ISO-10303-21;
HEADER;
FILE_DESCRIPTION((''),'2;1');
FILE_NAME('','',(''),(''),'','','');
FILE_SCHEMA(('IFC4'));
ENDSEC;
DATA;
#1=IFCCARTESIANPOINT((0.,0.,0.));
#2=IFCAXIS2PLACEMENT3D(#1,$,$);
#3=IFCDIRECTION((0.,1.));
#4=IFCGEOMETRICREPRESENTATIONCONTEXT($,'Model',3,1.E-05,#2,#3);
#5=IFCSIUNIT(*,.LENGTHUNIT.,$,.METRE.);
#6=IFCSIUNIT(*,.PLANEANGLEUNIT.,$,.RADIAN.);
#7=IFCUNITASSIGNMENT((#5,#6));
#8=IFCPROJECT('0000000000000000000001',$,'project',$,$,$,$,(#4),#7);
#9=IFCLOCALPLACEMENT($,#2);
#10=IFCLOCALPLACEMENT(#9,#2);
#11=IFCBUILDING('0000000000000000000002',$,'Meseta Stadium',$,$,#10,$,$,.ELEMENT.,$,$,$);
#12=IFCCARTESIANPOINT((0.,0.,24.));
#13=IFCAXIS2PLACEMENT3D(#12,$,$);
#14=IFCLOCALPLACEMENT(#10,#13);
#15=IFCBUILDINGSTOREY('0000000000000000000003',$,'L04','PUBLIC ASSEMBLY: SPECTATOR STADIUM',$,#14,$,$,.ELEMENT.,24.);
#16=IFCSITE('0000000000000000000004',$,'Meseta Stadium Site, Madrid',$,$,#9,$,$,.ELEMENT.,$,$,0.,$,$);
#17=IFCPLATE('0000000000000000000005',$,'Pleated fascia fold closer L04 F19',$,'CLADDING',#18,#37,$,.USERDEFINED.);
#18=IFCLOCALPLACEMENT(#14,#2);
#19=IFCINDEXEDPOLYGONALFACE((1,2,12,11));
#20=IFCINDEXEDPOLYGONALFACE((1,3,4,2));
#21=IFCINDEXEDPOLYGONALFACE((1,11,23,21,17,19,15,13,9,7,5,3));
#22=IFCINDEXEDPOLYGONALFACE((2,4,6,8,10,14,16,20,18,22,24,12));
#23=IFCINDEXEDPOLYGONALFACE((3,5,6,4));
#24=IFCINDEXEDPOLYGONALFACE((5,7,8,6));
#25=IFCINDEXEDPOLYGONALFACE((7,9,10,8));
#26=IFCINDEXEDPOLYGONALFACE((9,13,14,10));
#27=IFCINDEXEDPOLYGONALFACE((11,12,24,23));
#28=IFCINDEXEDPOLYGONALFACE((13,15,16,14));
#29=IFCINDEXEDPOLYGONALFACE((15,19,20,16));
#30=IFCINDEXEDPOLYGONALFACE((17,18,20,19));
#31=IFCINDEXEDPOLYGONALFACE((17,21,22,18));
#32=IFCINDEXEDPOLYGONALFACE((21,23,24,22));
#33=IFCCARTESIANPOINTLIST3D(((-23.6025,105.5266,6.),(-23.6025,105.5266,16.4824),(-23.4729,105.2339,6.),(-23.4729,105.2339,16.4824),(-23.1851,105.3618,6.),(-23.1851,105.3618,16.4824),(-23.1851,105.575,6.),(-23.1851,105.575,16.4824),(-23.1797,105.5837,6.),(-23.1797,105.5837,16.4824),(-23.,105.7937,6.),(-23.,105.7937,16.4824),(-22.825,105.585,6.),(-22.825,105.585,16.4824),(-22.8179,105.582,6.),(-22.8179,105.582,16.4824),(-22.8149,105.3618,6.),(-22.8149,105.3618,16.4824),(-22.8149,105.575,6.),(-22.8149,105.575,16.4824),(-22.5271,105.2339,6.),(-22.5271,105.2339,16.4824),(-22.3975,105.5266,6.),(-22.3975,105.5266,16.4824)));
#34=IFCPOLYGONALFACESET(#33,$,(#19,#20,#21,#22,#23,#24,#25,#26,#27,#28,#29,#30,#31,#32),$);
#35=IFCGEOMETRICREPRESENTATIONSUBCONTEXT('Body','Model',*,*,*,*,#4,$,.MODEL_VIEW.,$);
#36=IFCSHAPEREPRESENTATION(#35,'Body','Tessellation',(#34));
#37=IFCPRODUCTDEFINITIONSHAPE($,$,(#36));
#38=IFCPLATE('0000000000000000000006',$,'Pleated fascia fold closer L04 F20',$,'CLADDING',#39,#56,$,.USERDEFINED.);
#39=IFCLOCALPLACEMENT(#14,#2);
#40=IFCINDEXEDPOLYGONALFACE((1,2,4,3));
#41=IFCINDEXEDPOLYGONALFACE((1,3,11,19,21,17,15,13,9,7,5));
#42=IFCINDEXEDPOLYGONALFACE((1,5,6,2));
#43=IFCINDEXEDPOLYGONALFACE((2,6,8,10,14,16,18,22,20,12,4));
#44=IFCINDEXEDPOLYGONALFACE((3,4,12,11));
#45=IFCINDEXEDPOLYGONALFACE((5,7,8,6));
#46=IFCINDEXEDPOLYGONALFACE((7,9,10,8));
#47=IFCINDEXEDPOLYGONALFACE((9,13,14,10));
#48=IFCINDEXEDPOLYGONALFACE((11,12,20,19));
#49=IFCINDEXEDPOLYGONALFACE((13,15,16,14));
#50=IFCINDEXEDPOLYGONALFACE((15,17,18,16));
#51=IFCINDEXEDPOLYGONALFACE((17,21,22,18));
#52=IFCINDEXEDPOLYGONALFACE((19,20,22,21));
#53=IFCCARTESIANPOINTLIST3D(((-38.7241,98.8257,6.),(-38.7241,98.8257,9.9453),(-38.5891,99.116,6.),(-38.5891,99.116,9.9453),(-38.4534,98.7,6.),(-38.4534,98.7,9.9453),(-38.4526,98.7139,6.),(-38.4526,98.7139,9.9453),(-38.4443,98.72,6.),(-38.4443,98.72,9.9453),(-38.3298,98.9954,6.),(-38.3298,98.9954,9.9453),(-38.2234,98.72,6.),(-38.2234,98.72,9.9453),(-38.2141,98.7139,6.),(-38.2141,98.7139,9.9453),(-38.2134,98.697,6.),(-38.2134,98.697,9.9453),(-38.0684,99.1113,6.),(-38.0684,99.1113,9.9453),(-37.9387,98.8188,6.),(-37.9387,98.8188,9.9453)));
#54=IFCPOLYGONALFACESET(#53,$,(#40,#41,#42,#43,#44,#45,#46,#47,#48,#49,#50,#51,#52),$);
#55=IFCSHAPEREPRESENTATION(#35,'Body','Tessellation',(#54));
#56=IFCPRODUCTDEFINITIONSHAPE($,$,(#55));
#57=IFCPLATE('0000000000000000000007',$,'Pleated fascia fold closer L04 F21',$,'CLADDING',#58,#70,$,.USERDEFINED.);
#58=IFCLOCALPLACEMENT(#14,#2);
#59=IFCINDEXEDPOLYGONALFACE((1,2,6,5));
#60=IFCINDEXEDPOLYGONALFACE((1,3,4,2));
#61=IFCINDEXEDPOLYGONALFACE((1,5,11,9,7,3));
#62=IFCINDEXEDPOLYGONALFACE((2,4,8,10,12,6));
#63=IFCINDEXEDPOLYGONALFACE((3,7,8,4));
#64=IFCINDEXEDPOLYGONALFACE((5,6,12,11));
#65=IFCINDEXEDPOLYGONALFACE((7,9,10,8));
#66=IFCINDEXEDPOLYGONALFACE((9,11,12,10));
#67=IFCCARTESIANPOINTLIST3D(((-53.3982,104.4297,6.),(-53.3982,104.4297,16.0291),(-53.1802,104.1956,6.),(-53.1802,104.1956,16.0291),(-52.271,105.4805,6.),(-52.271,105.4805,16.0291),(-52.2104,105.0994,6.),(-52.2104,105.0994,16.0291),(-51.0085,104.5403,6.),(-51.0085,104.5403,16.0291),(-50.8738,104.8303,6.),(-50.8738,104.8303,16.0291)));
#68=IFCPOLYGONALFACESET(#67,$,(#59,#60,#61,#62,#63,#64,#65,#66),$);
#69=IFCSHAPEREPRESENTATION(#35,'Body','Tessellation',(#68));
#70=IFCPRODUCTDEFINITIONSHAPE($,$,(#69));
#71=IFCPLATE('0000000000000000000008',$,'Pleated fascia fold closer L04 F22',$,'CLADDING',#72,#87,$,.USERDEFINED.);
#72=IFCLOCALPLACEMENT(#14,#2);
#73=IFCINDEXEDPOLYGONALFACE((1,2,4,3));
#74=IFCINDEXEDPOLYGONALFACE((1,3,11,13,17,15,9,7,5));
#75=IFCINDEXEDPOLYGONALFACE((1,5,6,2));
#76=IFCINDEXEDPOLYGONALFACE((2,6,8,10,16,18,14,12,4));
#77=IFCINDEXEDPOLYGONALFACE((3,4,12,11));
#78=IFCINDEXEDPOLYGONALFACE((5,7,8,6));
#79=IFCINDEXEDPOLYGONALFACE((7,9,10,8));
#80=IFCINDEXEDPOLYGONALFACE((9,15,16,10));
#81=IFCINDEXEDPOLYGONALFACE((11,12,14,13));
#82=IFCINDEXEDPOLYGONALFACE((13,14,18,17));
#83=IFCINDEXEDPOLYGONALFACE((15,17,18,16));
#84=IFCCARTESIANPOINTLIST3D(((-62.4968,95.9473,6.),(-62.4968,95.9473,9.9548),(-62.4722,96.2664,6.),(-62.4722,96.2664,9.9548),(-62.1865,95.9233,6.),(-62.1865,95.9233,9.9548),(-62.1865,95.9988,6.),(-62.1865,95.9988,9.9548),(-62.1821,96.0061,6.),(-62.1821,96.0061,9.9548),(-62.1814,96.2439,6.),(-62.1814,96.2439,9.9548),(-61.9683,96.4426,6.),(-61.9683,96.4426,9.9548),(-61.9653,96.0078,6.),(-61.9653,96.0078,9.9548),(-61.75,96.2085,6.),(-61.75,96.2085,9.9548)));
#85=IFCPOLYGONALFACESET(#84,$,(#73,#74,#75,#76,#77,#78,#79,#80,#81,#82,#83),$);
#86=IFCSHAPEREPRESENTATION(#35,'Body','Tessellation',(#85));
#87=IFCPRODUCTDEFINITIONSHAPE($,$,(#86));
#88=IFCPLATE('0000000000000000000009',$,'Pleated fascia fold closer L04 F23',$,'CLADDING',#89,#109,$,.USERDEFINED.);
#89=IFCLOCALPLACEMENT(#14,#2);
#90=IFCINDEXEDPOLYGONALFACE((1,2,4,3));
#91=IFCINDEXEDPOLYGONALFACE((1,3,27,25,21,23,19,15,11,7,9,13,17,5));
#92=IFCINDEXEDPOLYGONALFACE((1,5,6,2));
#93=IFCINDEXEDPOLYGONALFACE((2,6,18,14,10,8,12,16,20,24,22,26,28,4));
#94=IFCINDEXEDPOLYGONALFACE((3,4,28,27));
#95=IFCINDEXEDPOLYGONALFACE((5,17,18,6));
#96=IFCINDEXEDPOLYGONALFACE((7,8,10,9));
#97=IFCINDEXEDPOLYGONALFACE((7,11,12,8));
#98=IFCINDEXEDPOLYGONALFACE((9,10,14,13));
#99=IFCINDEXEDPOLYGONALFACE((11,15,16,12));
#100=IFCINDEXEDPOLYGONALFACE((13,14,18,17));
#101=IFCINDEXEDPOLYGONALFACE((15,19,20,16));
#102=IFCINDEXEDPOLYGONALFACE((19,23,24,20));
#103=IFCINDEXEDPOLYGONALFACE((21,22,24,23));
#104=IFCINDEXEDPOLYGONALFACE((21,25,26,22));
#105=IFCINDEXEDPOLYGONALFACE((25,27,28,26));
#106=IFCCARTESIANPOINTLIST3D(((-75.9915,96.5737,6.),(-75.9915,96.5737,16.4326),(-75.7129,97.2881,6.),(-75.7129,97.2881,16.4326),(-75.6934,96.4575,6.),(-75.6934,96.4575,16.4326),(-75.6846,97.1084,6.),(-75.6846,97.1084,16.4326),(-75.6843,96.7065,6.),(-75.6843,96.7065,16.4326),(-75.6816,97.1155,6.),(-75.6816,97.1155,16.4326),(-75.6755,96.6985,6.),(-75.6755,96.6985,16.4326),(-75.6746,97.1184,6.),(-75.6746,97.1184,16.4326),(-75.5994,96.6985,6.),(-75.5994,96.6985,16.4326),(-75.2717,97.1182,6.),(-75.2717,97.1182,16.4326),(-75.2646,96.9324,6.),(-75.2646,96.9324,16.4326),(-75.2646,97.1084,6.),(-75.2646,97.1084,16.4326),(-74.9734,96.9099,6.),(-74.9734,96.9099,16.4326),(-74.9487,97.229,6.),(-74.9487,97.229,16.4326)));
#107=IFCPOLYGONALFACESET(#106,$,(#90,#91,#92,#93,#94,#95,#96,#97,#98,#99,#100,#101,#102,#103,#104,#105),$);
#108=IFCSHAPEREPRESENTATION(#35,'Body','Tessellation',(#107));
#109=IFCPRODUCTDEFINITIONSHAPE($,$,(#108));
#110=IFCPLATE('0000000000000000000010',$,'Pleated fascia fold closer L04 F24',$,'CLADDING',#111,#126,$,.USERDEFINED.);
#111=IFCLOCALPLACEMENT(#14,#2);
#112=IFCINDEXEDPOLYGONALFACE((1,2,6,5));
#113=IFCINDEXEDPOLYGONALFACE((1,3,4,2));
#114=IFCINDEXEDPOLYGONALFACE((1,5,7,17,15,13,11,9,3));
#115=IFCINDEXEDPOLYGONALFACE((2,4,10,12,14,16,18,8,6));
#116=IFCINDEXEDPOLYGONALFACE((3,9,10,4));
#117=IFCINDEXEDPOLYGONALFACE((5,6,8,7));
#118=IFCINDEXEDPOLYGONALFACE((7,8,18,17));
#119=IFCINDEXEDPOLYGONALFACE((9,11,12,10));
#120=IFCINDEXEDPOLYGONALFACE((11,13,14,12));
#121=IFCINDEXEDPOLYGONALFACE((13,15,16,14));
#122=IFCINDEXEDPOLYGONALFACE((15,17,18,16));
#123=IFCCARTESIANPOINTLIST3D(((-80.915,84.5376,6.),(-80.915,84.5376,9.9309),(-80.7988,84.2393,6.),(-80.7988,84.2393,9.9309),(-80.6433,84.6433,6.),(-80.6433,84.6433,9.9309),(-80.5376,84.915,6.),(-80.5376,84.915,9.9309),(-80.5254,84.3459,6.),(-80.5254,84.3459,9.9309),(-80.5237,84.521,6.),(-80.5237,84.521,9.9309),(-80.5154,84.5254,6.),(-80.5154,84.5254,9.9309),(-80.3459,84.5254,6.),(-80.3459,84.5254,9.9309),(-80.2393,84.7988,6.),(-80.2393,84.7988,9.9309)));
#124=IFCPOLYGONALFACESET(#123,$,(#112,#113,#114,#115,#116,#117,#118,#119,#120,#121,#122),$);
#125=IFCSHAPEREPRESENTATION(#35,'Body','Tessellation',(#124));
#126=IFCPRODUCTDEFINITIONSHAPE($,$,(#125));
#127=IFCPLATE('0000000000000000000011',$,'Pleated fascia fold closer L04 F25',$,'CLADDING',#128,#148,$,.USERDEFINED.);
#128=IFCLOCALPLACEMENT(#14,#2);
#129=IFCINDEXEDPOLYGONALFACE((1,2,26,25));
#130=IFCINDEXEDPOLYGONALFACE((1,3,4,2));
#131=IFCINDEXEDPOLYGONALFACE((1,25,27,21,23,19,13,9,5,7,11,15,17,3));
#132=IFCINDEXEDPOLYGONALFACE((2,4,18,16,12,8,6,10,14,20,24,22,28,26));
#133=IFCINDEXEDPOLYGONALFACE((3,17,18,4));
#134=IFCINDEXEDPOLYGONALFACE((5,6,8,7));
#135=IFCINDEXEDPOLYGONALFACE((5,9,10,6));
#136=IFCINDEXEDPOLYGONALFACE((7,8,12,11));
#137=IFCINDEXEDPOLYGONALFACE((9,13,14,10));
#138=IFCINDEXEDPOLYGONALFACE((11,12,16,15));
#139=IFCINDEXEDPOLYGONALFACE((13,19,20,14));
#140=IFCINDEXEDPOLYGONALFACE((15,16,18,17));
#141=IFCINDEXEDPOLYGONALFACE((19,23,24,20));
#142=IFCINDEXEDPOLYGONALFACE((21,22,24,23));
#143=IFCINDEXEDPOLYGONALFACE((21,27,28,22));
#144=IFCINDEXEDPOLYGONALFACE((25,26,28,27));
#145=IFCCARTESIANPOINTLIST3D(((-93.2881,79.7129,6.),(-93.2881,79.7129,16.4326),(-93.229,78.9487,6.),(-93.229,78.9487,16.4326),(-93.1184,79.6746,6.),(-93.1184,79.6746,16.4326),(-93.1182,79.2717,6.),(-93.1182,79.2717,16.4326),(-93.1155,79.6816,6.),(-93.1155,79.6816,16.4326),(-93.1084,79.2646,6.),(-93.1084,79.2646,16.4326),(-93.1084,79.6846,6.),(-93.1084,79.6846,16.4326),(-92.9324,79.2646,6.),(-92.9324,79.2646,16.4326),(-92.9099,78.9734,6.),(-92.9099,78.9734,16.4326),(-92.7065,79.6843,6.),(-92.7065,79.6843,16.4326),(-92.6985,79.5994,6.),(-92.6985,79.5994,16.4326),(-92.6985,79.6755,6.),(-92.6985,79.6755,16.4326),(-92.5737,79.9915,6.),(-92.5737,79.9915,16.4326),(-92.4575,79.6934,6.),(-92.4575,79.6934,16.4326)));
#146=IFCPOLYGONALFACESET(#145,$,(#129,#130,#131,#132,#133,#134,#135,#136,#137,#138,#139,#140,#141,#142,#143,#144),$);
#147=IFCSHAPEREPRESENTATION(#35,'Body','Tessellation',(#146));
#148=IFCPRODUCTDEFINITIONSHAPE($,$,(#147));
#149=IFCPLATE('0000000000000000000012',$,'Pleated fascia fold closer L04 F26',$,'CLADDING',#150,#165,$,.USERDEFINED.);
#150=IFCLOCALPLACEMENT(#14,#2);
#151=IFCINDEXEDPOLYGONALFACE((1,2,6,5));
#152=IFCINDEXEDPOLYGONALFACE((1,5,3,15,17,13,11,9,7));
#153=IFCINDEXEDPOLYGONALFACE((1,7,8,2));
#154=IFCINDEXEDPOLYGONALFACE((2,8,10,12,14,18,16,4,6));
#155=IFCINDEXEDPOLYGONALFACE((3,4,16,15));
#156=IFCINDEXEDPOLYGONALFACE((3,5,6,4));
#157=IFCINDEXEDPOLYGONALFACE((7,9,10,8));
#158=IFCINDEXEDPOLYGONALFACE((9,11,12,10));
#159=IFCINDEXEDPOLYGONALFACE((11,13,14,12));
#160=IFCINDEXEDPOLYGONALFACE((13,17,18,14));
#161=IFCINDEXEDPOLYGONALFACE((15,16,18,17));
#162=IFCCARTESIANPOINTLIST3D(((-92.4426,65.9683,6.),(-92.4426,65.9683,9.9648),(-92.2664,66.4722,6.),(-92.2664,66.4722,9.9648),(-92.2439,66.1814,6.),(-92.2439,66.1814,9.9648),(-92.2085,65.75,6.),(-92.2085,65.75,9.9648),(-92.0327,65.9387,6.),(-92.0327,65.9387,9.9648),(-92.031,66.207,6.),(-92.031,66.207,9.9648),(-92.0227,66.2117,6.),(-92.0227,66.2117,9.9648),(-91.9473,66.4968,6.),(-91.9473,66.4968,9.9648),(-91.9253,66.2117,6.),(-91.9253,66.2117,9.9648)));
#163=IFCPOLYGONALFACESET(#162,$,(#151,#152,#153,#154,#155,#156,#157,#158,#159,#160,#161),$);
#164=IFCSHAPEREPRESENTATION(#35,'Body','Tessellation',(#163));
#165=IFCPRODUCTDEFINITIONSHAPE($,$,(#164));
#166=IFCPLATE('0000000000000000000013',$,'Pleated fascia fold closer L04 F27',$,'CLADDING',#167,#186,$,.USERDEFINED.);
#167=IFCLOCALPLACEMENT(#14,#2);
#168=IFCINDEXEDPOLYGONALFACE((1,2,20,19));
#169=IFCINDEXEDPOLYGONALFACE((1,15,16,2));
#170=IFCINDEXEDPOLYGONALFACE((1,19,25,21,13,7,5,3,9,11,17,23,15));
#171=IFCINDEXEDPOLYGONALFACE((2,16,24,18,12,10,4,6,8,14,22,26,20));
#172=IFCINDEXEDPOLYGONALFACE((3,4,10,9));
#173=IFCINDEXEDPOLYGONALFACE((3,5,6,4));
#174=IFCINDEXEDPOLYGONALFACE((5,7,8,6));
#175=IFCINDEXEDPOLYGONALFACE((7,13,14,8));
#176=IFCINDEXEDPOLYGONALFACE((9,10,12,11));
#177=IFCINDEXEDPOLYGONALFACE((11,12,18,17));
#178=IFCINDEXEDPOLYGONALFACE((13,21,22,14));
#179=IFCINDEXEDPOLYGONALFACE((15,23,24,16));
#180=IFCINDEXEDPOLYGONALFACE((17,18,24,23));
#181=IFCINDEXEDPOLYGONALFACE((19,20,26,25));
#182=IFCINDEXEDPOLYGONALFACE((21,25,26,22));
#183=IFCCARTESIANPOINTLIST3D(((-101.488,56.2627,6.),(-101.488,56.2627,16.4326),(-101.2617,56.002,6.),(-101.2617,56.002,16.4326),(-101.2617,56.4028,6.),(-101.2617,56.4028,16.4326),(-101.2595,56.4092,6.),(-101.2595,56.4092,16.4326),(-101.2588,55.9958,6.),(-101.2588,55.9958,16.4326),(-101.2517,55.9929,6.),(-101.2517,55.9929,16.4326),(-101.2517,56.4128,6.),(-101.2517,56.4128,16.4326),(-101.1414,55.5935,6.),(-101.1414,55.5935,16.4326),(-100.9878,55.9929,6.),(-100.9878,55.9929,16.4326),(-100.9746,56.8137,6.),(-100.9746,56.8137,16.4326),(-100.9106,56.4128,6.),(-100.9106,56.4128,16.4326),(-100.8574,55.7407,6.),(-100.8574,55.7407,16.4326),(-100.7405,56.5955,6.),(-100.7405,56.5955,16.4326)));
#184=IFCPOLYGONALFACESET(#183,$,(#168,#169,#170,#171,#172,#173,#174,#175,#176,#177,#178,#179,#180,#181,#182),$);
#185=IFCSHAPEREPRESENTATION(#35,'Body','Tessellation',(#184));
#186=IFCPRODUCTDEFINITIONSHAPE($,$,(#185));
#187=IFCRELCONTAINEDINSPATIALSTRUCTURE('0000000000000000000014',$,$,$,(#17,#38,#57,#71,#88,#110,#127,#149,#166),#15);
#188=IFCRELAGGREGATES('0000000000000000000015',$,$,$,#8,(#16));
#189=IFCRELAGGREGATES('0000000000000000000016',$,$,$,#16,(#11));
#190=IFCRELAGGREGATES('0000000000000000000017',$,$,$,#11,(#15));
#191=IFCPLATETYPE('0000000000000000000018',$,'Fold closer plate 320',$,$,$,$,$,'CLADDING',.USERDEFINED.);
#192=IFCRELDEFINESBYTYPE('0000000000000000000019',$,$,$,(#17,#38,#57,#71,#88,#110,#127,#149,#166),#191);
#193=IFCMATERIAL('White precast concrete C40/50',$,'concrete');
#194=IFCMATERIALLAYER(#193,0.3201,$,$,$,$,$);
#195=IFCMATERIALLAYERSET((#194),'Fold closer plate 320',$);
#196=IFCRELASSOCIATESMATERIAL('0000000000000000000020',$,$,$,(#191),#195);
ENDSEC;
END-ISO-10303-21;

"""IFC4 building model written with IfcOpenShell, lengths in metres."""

from ifc_helpers import new_model, si_unit, direction, frame, origin, place, context, subcontext, project, spatial, polyline, outline, extrude, material, layer, layer_set, type_object, element, save


model = new_model("IFC4")

# Units and contexts
model_context = context("Model", 3, precision=1e-05, world=origin(), true_north=direction((0.0, 1.0)))
body_context = subcontext(model_context, "Body", "Model", "MODEL_VIEW")
ifc_project = project(units=[si_unit("LENGTHUNIT", "METRE"), si_unit("PLANEANGLEUNIT", "RADIAN")], contexts=[model_context])

# Site, building, storey
site_placement = place(None, origin())
site = spatial("IfcSite", under=ifc_project, at=site_placement, Name="Meseta Stadium Site, Madrid", CompositionType="ELEMENT", RefElevation=0.0)
building_placement = place(site_placement, origin())
building = spatial("IfcBuilding", under=site, at=building_placement, Name="Meseta Stadium", CompositionType="ELEMENT")
storey_placement = place(building_placement, frame((0.0, 0.0, 24.0)))
storey = spatial("IfcBuildingStorey", under=building, at=storey_placement, Name="L04", Description="PUBLIC ASSEMBLY: SPECTATOR STADIUM", CompositionType="ELEMENT", Elevation=24.0)

# Plates
ifc_material = material(Name="White precast concrete C40/50", Category="concrete")
ifc_layer = layer(ifc_material, 0.3201)
ifc_layer_set = layer_set([ifc_layer], Name="Fold closer plate 320")
plate_type = type_object("IfcPlateType", Name="Fold closer plate 320", ElementType="CLADDING", PredefinedType="USERDEFINED", material=ifc_layer_set)
plate_1_placement = place(storey_placement, frame((0.0, 0.0, 6.0)))
element("IfcPlate", 1, at=plate_1_placement, inside=storey, type_object=plate_type, Name="Pleated fascia fold closer L04 F19", ObjectType="CLADDING", PredefinedType="USERDEFINED", context=body_context, shape_type="SweptSolid", body=[
    extrude(outline(polyline([(-23.0, 105.7937), (-23.6025, 105.5266), (-23.4729, 105.2339), (-23.1851, 105.3618), (-23.1851, 105.575), (-23.1797, 105.5837), (-22.825, 105.585), (-22.8179, 105.582), (-22.8149, 105.575), (-22.8149, 105.3618), (-22.5271, 105.2339), (-22.3975, 105.5266), (-23.0, 105.7937)])), origin(), (0.0, 0.0, 1.0), 10.4824),
])
plate_2_placement = place(storey_placement, frame((0.0, 0.0, 6.0)))
element("IfcPlate", 2, at=plate_2_placement, inside=storey, type_object=plate_type, Name="Pleated fascia fold closer L04 F20", ObjectType="CLADDING", PredefinedType="USERDEFINED", context=body_context, shape_type="SweptSolid", body=[
    extrude(outline(polyline([(-38.2134, 98.697), (-37.9387, 98.8188), (-38.0684, 99.1113), (-38.3298, 98.9954), (-38.5891, 99.116), (-38.7241, 98.8257), (-38.4534, 98.7), (-38.4526, 98.7139), (-38.4443, 98.72), (-38.2234, 98.72), (-38.2141, 98.7139), (-38.2134, 98.697)])), origin(), (0.0, 0.0, 1.0), 3.9453),
])
plate_3_placement = place(storey_placement, frame((0.0, 0.0, 6.0)))
element("IfcPlate", 3, at=plate_3_placement, inside=storey, type_object=plate_type, Name="Pleated fascia fold closer L04 F21", ObjectType="CLADDING", PredefinedType="USERDEFINED", context=body_context, shape_type="SweptSolid", body=[
    extrude(outline(polyline([(-53.3982, 104.4297), (-53.1802, 104.1956), (-52.2104, 105.0994), (-51.0085, 104.5403), (-50.8738, 104.8303), (-52.271, 105.4805), (-53.3982, 104.4297)])), origin(), (0.0, 0.0, 1.0), 10.0291),
])
plate_4_placement = place(storey_placement, frame((0.0, 0.0, 6.0)))
element("IfcPlate", 4, at=plate_4_placement, inside=storey, type_object=plate_type, Name="Pleated fascia fold closer L04 F22", ObjectType="CLADDING", PredefinedType="USERDEFINED", context=body_context, shape_type="SweptSolid", body=[
    extrude(outline(polyline([(-62.1814, 96.2439), (-62.4722, 96.2664), (-62.4968, 95.9473), (-62.1865, 95.9233), (-62.1865, 95.9988), (-62.1821, 96.0061), (-61.9653, 96.0078), (-61.75, 96.2085), (-61.9683, 96.4426), (-62.1814, 96.2439)])), origin(), (0.0, 0.0, 1.0), 3.9548),
])
plate_5_placement = place(storey_placement, frame((0.0, 0.0, 6.0)))
element("IfcPlate", 5, at=plate_5_placement, inside=storey, type_object=plate_type, Name="Pleated fascia fold closer L04 F23", ObjectType="CLADDING", PredefinedType="USERDEFINED", context=body_context, shape_type="SweptSolid", body=[
    extrude(outline(polyline([(-75.7129, 97.2881), (-75.9915, 96.5737), (-75.6934, 96.4575), (-75.5994, 96.6985), (-75.6755, 96.6985), (-75.6843, 96.7065), (-75.6846, 97.1084), (-75.6816, 97.1155), (-75.6746, 97.1184), (-75.2717, 97.1182), (-75.2646, 97.1084), (-75.2646, 96.9324), (-74.9734, 96.9099), (-74.9487, 97.229), (-75.7129, 97.2881)])), origin(), (0.0, 0.0, 1.0), 10.4326),
])
plate_6_placement = place(storey_placement, frame((0.0, 0.0, 6.0)))
element("IfcPlate", 6, at=plate_6_placement, inside=storey, type_object=plate_type, Name="Pleated fascia fold closer L04 F24", ObjectType="CLADDING", PredefinedType="USERDEFINED", context=body_context, shape_type="SweptSolid", body=[
    extrude(outline(polyline([(-80.6433, 84.6433), (-80.915, 84.5376), (-80.7988, 84.2393), (-80.5254, 84.3459), (-80.5237, 84.521), (-80.5154, 84.5254), (-80.3459, 84.5254), (-80.2393, 84.7988), (-80.5376, 84.915), (-80.6433, 84.6433)])), origin(), (0.0, 0.0, 1.0), 3.9309),
])
plate_7_placement = place(storey_placement, frame((0.0, 0.0, 6.0)))
element("IfcPlate", 7, at=plate_7_placement, inside=storey, type_object=plate_type, Name="Pleated fascia fold closer L04 F25", ObjectType="CLADDING", PredefinedType="USERDEFINED", context=body_context, shape_type="SweptSolid", body=[
    extrude(outline(polyline([(-93.2881, 79.7129), (-93.229, 78.9487), (-92.9099, 78.9734), (-92.9324, 79.2646), (-93.1084, 79.2646), (-93.1182, 79.2717), (-93.1184, 79.6746), (-93.1155, 79.6816), (-93.1084, 79.6846), (-92.7065, 79.6843), (-92.6985, 79.6755), (-92.6985, 79.5994), (-92.4575, 79.6934), (-92.5737, 79.9915), (-93.2881, 79.7129)])), origin(), (0.0, 0.0, 1.0), 10.4326),
])
plate_8_placement = place(storey_placement, frame((0.0, 0.0, 6.0)))
element("IfcPlate", 8, at=plate_8_placement, inside=storey, type_object=plate_type, Name="Pleated fascia fold closer L04 F26", ObjectType="CLADDING", PredefinedType="USERDEFINED", context=body_context, shape_type="SweptSolid", body=[
    extrude(outline(polyline([(-92.2439, 66.1814), (-92.4426, 65.9683), (-92.2085, 65.75), (-92.0327, 65.9387), (-92.031, 66.207), (-92.0227, 66.2117), (-91.9253, 66.2117), (-91.9473, 66.4968), (-92.2664, 66.4722), (-92.2439, 66.1814)])), origin(), (0.0, 0.0, 1.0), 3.9648),
])
plate_9_placement = place(storey_placement, frame((0.0, 0.0, 6.0)))
element("IfcPlate", 9, at=plate_9_placement, inside=storey, type_object=plate_type, Name="Pleated fascia fold closer L04 F27", ObjectType="CLADDING", PredefinedType="USERDEFINED", context=body_context, shape_type="SweptSolid", body=[
    extrude(outline(polyline([(-101.488, 56.2627), (-101.1414, 55.5935), (-100.8574, 55.7407), (-100.9878, 55.9929), (-101.2517, 55.9929), (-101.2588, 55.9958), (-101.2617, 56.002), (-101.2617, 56.4028), (-101.2595, 56.4092), (-101.2517, 56.4128), (-100.9106, 56.4128), (-100.7405, 56.5955), (-100.9746, 56.8137), (-101.488, 56.2627)])), origin(), (0.0, 0.0, 1.0), 10.4326),
])

save(model, "model.ifc")
